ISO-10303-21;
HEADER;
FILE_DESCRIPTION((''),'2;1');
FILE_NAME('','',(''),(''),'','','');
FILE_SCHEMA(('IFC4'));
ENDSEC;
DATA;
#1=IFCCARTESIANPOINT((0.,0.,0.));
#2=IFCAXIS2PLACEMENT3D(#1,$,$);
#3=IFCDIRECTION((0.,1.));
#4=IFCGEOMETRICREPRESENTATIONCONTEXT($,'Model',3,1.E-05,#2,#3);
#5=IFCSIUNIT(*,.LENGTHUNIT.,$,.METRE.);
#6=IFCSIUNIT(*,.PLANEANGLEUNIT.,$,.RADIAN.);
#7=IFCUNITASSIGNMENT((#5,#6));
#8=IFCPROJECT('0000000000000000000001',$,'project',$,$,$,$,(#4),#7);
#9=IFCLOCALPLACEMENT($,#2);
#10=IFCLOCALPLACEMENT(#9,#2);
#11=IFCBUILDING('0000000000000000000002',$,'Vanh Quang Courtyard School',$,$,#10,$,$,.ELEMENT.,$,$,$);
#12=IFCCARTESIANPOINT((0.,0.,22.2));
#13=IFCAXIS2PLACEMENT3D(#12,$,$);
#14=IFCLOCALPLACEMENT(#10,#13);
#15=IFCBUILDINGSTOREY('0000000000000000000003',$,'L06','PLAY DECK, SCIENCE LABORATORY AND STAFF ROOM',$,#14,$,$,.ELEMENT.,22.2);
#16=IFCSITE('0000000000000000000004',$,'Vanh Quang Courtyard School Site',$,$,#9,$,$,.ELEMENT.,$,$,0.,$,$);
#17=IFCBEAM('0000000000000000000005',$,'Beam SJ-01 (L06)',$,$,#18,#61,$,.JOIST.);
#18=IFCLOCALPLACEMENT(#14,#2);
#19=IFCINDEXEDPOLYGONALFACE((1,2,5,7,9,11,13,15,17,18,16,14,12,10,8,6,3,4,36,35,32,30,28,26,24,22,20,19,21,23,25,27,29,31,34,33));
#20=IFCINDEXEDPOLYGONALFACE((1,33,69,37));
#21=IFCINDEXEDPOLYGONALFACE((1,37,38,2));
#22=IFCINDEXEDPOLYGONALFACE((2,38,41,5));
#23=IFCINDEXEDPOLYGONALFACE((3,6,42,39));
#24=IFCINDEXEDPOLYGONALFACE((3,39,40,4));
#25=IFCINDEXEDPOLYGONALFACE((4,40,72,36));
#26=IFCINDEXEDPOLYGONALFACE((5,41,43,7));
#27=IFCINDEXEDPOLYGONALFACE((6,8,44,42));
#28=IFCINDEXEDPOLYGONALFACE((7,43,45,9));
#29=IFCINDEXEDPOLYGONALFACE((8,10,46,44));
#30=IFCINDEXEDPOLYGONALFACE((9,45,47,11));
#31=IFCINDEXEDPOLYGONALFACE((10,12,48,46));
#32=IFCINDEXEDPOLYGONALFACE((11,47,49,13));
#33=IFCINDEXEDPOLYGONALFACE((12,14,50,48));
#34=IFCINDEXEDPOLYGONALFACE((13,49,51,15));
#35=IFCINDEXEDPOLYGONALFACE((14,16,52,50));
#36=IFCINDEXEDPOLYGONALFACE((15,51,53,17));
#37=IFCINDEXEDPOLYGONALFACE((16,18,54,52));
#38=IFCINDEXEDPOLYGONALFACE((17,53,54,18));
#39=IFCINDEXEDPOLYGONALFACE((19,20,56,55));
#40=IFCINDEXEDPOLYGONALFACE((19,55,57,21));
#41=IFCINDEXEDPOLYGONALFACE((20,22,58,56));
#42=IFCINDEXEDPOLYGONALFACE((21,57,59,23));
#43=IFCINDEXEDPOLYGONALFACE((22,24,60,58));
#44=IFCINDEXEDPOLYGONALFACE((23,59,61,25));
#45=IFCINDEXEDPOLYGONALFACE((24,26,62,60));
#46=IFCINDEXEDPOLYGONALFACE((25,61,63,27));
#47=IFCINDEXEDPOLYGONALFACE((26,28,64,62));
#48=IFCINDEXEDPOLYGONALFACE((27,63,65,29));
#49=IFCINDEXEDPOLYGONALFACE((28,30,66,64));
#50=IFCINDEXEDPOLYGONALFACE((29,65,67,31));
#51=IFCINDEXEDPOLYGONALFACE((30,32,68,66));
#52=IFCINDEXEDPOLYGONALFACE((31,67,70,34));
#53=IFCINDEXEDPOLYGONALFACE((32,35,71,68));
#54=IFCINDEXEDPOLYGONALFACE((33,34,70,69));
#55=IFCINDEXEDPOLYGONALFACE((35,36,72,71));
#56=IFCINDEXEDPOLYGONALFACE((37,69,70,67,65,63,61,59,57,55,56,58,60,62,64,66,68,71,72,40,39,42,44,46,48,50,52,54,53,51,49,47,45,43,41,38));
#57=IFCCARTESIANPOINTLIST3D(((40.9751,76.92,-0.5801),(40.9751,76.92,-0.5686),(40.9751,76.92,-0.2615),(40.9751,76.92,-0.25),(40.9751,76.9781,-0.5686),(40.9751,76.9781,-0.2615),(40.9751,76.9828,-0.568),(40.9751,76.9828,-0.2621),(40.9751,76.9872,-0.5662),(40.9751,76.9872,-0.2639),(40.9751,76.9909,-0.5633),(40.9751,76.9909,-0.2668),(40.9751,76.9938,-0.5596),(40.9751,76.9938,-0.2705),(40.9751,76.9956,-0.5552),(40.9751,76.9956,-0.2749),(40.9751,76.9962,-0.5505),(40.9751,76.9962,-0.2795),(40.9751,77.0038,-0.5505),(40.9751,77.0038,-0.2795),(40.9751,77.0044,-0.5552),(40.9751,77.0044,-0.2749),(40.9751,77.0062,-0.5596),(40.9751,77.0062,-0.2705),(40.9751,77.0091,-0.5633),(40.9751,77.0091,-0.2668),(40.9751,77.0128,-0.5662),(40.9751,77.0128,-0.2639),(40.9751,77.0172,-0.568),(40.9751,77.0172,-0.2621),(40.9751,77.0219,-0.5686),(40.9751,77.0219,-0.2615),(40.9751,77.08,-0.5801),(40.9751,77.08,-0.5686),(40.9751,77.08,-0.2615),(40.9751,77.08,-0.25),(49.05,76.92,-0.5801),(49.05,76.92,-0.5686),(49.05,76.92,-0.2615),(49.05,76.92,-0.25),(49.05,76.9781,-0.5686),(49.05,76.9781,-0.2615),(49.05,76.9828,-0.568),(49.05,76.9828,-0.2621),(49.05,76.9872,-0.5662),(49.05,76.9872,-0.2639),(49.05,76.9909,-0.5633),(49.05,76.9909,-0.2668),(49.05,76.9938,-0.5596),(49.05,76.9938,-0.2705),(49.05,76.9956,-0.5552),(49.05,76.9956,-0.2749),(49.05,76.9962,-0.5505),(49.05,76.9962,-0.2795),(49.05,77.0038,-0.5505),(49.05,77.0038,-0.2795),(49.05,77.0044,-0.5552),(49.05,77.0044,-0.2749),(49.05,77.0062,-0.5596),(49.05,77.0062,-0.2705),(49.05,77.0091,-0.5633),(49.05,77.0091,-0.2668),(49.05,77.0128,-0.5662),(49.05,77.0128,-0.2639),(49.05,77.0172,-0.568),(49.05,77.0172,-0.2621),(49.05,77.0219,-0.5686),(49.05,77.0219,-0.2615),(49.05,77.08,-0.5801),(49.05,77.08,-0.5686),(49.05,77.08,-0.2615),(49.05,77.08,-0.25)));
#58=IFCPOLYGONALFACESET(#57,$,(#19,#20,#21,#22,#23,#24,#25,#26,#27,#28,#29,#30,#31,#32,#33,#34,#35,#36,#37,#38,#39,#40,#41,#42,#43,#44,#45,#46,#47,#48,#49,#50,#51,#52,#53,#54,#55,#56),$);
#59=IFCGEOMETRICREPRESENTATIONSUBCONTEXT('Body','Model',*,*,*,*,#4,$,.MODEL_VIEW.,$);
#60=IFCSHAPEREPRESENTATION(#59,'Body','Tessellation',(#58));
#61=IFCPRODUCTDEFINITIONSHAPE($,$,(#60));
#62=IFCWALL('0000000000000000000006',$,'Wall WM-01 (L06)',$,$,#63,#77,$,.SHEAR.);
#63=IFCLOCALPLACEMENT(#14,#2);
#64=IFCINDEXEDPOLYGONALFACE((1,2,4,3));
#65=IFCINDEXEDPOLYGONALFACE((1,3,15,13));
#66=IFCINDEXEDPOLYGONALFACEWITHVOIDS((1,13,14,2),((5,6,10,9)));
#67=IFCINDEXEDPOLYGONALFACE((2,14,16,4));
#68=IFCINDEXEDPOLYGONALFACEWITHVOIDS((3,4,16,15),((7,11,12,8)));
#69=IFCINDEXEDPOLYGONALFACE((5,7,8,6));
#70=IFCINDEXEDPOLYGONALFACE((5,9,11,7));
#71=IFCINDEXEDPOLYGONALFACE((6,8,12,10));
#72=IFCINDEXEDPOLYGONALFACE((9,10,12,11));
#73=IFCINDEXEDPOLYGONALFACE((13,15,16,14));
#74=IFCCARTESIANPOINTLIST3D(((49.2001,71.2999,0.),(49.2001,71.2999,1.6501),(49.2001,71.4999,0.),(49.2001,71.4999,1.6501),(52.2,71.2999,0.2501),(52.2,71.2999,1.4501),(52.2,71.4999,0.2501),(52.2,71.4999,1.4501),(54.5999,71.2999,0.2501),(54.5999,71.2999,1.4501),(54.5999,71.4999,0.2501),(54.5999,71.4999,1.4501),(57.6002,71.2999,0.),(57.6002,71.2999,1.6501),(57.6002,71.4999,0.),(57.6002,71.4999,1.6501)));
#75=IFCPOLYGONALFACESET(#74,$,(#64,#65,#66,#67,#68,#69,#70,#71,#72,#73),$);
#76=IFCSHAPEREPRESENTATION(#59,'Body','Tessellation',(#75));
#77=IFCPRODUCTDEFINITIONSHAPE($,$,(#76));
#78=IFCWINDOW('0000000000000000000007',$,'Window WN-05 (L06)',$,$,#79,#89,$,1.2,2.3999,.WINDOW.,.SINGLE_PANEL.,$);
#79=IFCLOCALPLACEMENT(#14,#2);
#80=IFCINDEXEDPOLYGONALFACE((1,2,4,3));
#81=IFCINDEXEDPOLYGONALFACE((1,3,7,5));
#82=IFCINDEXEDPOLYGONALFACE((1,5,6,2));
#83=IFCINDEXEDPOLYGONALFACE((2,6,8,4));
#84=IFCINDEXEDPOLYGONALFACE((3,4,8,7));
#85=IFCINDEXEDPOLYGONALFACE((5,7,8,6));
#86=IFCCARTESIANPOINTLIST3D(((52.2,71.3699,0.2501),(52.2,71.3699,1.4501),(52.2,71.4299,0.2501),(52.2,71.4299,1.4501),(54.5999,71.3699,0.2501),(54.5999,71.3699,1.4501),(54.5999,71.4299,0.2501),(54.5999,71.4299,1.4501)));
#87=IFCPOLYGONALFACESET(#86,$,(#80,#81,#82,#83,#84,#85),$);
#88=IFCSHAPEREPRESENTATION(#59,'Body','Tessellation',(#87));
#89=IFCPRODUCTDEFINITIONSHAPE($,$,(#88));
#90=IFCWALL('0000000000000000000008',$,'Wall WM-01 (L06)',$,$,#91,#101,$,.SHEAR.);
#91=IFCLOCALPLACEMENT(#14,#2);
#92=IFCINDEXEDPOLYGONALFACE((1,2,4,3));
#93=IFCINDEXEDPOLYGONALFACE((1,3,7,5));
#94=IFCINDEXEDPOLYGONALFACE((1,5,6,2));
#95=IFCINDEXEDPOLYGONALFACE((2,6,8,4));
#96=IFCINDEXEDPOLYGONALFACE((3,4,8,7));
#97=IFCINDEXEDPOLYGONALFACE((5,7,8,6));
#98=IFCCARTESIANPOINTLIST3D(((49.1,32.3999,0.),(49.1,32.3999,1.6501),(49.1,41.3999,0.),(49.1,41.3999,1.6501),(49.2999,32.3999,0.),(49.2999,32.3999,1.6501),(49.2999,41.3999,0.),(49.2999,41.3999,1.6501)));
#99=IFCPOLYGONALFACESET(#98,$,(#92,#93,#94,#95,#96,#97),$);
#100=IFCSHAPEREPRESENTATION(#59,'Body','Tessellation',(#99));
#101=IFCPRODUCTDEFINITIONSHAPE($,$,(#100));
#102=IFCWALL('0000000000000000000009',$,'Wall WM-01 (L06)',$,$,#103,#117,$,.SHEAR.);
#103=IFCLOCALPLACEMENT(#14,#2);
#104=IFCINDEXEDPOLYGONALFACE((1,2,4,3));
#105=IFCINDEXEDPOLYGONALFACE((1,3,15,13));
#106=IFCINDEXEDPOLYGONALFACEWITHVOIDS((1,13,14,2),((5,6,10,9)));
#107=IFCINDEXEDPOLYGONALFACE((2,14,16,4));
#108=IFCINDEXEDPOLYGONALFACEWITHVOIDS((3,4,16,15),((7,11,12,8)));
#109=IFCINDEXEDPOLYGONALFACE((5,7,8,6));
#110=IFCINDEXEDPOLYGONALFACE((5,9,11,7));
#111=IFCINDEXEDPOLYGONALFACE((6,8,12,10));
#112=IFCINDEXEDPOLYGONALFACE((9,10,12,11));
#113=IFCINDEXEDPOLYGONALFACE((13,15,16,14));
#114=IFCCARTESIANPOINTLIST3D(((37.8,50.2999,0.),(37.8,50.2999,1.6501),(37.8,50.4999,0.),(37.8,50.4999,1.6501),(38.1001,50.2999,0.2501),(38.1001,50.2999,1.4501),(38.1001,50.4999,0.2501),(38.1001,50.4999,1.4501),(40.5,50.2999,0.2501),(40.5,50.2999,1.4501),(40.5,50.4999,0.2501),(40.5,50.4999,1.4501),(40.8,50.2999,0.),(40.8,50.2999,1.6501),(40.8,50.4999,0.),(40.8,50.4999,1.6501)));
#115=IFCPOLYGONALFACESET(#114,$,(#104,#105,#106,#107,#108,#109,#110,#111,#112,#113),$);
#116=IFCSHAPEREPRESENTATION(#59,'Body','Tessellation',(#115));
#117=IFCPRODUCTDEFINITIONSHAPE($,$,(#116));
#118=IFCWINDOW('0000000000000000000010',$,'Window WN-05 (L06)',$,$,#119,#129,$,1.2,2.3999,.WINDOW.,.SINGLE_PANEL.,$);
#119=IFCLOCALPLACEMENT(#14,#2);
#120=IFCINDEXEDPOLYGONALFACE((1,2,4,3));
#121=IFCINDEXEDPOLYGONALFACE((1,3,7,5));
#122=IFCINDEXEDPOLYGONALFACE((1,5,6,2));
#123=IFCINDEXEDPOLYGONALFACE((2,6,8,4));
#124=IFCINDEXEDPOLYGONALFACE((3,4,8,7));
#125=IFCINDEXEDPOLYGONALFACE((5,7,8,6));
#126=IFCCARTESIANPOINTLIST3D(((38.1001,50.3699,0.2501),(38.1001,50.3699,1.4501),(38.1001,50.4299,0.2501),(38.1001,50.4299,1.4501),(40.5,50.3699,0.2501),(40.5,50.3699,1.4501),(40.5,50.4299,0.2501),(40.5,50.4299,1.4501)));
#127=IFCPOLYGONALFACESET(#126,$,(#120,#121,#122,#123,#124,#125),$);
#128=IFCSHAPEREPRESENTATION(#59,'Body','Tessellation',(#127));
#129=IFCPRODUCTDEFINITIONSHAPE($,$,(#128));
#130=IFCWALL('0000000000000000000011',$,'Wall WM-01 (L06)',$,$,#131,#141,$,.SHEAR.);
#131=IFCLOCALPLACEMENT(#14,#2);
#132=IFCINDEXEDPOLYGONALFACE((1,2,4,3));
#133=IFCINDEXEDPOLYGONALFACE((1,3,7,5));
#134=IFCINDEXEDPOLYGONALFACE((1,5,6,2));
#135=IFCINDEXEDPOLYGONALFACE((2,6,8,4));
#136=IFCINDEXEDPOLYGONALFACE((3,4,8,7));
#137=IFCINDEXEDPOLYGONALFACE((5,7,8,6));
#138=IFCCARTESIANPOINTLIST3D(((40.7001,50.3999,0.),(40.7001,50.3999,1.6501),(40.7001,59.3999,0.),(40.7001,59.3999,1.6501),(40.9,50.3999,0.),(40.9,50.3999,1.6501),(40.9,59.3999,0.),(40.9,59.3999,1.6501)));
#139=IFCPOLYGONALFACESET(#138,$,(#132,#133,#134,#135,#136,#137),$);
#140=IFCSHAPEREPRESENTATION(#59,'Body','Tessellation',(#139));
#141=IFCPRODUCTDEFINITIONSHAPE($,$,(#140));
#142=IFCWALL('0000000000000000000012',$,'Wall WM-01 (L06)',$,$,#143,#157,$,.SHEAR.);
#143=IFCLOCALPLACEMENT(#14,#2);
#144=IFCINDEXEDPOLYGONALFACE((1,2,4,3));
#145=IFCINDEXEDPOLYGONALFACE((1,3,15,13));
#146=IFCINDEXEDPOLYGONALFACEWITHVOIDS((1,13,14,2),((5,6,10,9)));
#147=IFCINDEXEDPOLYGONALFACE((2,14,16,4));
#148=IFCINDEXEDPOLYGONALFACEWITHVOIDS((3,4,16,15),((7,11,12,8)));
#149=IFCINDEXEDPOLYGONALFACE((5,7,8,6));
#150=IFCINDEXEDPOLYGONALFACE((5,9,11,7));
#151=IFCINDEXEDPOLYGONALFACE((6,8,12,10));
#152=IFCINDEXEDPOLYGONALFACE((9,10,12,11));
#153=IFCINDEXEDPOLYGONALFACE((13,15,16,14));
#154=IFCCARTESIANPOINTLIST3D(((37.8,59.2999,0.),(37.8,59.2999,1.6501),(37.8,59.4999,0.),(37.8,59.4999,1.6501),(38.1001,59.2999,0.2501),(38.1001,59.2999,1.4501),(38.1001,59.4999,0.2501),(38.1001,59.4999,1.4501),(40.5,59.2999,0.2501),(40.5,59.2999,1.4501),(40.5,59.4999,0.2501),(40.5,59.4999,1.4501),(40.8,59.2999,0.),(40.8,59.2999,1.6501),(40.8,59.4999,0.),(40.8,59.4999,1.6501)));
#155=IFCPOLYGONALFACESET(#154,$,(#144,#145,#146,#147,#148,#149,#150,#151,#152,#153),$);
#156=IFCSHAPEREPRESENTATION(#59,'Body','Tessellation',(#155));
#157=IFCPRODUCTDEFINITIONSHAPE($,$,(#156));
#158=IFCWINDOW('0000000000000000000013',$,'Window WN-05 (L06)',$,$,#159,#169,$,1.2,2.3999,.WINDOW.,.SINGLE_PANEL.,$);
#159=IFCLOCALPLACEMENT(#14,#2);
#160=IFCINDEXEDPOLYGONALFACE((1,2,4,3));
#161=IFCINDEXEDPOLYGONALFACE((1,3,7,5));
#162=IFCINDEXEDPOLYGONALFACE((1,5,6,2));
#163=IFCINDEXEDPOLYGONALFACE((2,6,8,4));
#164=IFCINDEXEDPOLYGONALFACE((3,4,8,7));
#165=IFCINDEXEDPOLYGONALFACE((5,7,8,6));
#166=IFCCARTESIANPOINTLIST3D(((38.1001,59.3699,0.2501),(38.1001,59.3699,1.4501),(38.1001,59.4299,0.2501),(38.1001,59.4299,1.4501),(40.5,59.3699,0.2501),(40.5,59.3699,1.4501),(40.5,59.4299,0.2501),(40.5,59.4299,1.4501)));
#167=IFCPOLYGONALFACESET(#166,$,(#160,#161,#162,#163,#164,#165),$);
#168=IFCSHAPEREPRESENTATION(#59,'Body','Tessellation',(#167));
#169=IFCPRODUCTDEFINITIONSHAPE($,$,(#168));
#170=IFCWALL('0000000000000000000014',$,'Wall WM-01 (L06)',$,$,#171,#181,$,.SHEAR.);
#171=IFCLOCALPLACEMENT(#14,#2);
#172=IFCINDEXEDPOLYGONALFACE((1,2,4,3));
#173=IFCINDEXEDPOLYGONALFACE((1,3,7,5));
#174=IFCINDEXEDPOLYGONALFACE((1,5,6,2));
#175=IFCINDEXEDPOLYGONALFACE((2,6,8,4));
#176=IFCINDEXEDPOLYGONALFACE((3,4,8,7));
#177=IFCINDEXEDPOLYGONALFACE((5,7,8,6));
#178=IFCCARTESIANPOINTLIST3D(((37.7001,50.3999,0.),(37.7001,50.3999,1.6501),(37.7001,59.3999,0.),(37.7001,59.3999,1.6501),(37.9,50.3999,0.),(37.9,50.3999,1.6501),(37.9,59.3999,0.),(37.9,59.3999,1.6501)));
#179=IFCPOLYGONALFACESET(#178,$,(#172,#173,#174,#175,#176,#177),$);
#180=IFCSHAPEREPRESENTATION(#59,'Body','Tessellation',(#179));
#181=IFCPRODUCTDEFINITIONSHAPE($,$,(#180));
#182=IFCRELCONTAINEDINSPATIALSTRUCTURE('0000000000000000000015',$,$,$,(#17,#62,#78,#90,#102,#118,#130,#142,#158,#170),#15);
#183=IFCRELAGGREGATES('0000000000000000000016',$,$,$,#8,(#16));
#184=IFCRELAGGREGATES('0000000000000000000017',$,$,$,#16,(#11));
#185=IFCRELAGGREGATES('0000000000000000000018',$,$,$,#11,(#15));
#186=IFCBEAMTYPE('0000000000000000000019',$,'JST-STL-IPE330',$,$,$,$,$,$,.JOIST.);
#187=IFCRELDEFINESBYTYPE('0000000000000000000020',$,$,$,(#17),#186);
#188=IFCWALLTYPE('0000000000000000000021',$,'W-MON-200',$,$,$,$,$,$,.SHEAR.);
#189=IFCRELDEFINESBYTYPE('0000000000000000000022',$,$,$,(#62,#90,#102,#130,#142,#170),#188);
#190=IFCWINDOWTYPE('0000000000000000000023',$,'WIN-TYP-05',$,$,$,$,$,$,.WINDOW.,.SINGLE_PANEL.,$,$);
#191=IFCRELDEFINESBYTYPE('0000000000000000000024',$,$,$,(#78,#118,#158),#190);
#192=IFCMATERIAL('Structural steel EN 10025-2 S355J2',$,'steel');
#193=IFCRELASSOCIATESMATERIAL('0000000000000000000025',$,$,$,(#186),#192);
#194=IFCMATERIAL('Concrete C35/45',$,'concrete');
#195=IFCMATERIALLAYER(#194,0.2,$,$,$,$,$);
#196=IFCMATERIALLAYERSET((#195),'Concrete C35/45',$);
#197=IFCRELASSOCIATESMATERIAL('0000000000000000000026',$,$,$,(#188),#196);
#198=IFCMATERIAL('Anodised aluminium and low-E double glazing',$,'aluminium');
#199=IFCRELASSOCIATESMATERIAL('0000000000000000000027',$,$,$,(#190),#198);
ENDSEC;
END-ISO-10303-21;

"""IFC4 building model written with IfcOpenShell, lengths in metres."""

from ifc_helpers import new_model, si_unit, direction, frame, frame_2d, origin, origin_2d, place, context, subcontext, project, spatial, rectangle, i_section, extrude, material, layer, layer_set, material_profile, profile_set, type_object, element, fill, save


model = new_model("IFC4")

# Units and contexts
model_context = context("Model", 3, precision=1e-05, world=origin(), true_north=direction((0.0, 1.0)))
body_context = subcontext(model_context, "Body", "Model", "MODEL_VIEW")
ifc_project = project(units=[si_unit("LENGTHUNIT", "METRE"), si_unit("PLANEANGLEUNIT", "RADIAN")], contexts=[model_context])

# Site, building, storey
site_placement = place(None, origin())
site = spatial("IfcSite", under=ifc_project, at=site_placement, Name="Vanh Quang Courtyard School Site", CompositionType="ELEMENT", RefElevation=0.0)
building_placement = place(site_placement, origin())
building = spatial("IfcBuilding", under=site, at=building_placement, Name="Vanh Quang Courtyard School", CompositionType="ELEMENT")
storey_placement = place(building_placement, frame((0.0, 0.0, 22.2)))
storey = spatial("IfcBuildingStorey", under=building, at=storey_placement, Name="L06", Description="PLAY DECK, SCIENCE LABORATORY AND STAFF ROOM", CompositionType="ELEMENT", Elevation=22.2)

# Beam
ifc_material_1 = material(Name="Concrete C35/45", Category="concrete")
ifc_material_2 = material(Name="Structural steel EN 10025-2 S355J2", Category="steel")
ifc_material_profile_1 = material_profile(ifc_material_2, i_section(OverallWidth=0.1599, OverallDepth=0.3301, WebThickness=0.0076, FlangeThickness=0.0115, FilletRadius=0.0181, at=origin_2d()), Name="IPE 330")
ifc_profile_set_1 = profile_set([ifc_material_profile_1], Name="Structural steel EN 10025-2 S355J2")
beam_type_1 = type_object("IfcBeamType", Name="JST-STL-IPE330", PredefinedType="JOIST", material=ifc_profile_set_1)
for number, where, z_axis, x_axis, name in (
    (1, (40.9751, 77.0, -0.415), (1.0, 0.0, 0.0), (0.0, 1.0, 0.0), "Beam SJ-01 (L06)"),
):
    element("IfcBeam", number, at=place(storey_placement, frame(where, z_axis=z_axis, x_axis=x_axis)), inside=storey, type_object=beam_type_1, Name=name, PredefinedType="JOIST", context=body_context, shape_type="SweptSolid", body=[
        extrude(i_section(OverallWidth=0.1599, OverallDepth=0.3301, WebThickness=0.0076, FlangeThickness=0.0115, FilletRadius=0.0181, at=origin_2d()), origin(), (0.0, 0.0, 1.0), 8.075),
    ])

# Wall, opening, window
ifc_layer_1 = layer(ifc_material_1, 0.2)
ifc_layer_set_1 = layer_set([ifc_layer_1], Name="Concrete C35/45")
wall_type_1 = type_object("IfcWallType", Name="W-MON-200", PredefinedType="SHEAR", material=ifc_layer_set_1)
wall_1_placement = place(storey_placement, frame((49.2, 71.3999, 0.0), z_axis=(0.0, 0.0, 1.0), x_axis=(1.0, 0.0, 0.0)))
wall_1 = element("IfcWall", 2, at=wall_1_placement, inside=storey, type_object=wall_type_1, Name="Wall WM-01 (L06)", PredefinedType="SHEAR", context=body_context, shape_type="SweptSolid", body=[
    extrude(rectangle(XDim=8.4001, YDim=0.2, at=frame_2d((4.2002, 0.0))), origin(), (0.0, 0.0, 1.0), 1.6501),
])
opening_1_placement = place(wall_1_placement, frame((3.0, 0.0, 0.25)))
opening_1 = element("IfcOpeningElement", 3, at=opening_1_placement, cuts=wall_1, PredefinedType="OPENING", context=body_context, shape_type="SweptSolid", body=[
    extrude(rectangle(XDim=2.3999, YDim=1.2, at=frame_2d((1.2, 0.6001))), frame((0.0, 0.1099, 0.0), z_axis=(0.0, -1.0, 0.0), x_axis=(1.0, 0.0, 0.0)), (0.0, 0.0, 1.0), 0.22),
])
ifc_material_3 = material(Name="Anodised aluminium and low-E double glazing", Category="aluminium")
window_type = type_object("IfcWindowType", Name="WIN-TYP-05", PartitioningType="SINGLE_PANEL", PredefinedType="WINDOW", material=ifc_material_3)
window_1_placement = place(opening_1_placement, origin())
window_1 = element("IfcWindow", 4, at=window_1_placement, inside=storey, type_object=window_type, Name="Window WN-05 (L06)", OverallHeight=1.2, OverallWidth=2.3999, PartitioningType="SINGLE_PANEL", PredefinedType="WINDOW", context=body_context, shape_type="SweptSolid", body=[
    extrude(rectangle(XDim=2.3999, YDim=1.2, at=frame_2d((1.2, 0.6001))), frame((0.0, 0.03, 0.0), z_axis=(0.0, -1.0, 0.0), x_axis=(1.0, 0.0, 0.0)), (0.0, 0.0, 1.0), 0.0601),
])
fill(opening_1, window_1)

# Wall
wall_2_placement = place(storey_placement, frame((49.2, 41.3999, 0.0), z_axis=(0.0, 0.0, 1.0), x_axis=(0.0, -1.0, 0.0)))
element("IfcWall", 5, at=wall_2_placement, inside=storey, type_object=wall_type_1, Name="Wall WM-01 (L06)", PredefinedType="SHEAR", context=body_context, shape_type="SweptSolid", body=[
    extrude(rectangle(XDim=9.0, YDim=0.2, at=frame_2d((4.5, 0.0))), origin(), (0.0, 0.0, 1.0), 1.6501),
])

# Wall, opening, window
wall_3_placement = place(storey_placement, frame((37.8, 50.3999, 0.0), z_axis=(0.0, 0.0, 1.0), x_axis=(1.0, 0.0, 0.0)))
wall_3 = element("IfcWall", 6, at=wall_3_placement, inside=storey, type_object=wall_type_1, Name="Wall WM-01 (L06)", PredefinedType="SHEAR", context=body_context, shape_type="SweptSolid", body=[
    extrude(rectangle(XDim=3.0, YDim=0.2, at=frame_2d((1.5, 0.0))), origin(), (0.0, 0.0, 1.0), 1.6501),
])
opening_2_placement = place(wall_3_placement, frame((0.3, 0.0, 0.25)))
opening_2 = element("IfcOpeningElement", 7, at=opening_2_placement, cuts=wall_3, PredefinedType="OPENING", context=body_context, shape_type="SweptSolid", body=[
    extrude(rectangle(XDim=2.3999, YDim=1.2, at=frame_2d((1.2, 0.6001))), frame((0.0, 0.1099, 0.0), z_axis=(0.0, -1.0, 0.0), x_axis=(1.0, 0.0, 0.0)), (0.0, 0.0, 1.0), 0.22),
])
window_2_placement = place(opening_2_placement, origin())
window_2 = element("IfcWindow", 8, at=window_2_placement, inside=storey, type_object=window_type, Name="Window WN-05 (L06)", OverallHeight=1.2, OverallWidth=2.3999, PartitioningType="SINGLE_PANEL", PredefinedType="WINDOW", context=body_context, shape_type="SweptSolid", body=[
    extrude(rectangle(XDim=2.3999, YDim=1.2, at=frame_2d((1.2, 0.6001))), frame((0.0, 0.03, 0.0), z_axis=(0.0, -1.0, 0.0), x_axis=(1.0, 0.0, 0.0)), (0.0, 0.0, 1.0), 0.0601),
])
fill(opening_2, window_2)

# Wall
wall_4_placement = place(storey_placement, frame((40.8, 50.3999, 0.0), z_axis=(0.0, 0.0, 1.0), x_axis=(0.0, 1.0, 0.0)))
element("IfcWall", 9, at=wall_4_placement, inside=storey, type_object=wall_type_1, Name="Wall WM-01 (L06)", PredefinedType="SHEAR", context=body_context, shape_type="SweptSolid", body=[
    extrude(rectangle(XDim=9.0, YDim=0.2, at=frame_2d((4.5, 0.0))), origin(), (0.0, 0.0, 1.0), 1.6501),
])

# Wall, opening, window
wall_5_placement = place(storey_placement, frame((40.8, 59.3999, 0.0), z_axis=(0.0, 0.0, 1.0), x_axis=(-1.0, 0.0, 0.0)))
wall_5 = element("IfcWall", 10, at=wall_5_placement, inside=storey, type_object=wall_type_1, Name="Wall WM-01 (L06)", PredefinedType="SHEAR", context=body_context, shape_type="SweptSolid", body=[
    extrude(rectangle(XDim=3.0, YDim=0.2, at=frame_2d((1.5, 0.0))), origin(), (0.0, 0.0, 1.0), 1.6501),
])
opening_3_placement = place(wall_5_placement, frame((0.3, 0.0, 0.25)))
opening_3 = element("IfcOpeningElement", 11, at=opening_3_placement, cuts=wall_5, PredefinedType="OPENING", context=body_context, shape_type="SweptSolid", body=[
    extrude(rectangle(XDim=2.3999, YDim=1.2, at=frame_2d((1.2, 0.6001))), frame((0.0, 0.1099, 0.0), z_axis=(0.0, -1.0, 0.0), x_axis=(1.0, 0.0, 0.0)), (0.0, 0.0, 1.0), 0.22),
])
window_3_placement = place(opening_3_placement, origin())
window_3 = element("IfcWindow", 12, at=window_3_placement, inside=storey, type_object=window_type, Name="Window WN-05 (L06)", OverallHeight=1.2, OverallWidth=2.3999, PartitioningType="SINGLE_PANEL", PredefinedType="WINDOW", context=body_context, shape_type="SweptSolid", body=[
    extrude(rectangle(XDim=2.3999, YDim=1.2, at=frame_2d((1.2, 0.6001))), frame((0.0, 0.03, 0.0), z_axis=(0.0, -1.0, 0.0), x_axis=(1.0, 0.0, 0.0)), (0.0, 0.0, 1.0), 0.0601),
])
fill(opening_3, window_3)

# Wall
wall_6_placement = place(storey_placement, frame((37.8, 59.3999, 0.0), z_axis=(0.0, 0.0, 1.0), x_axis=(0.0, -1.0, 0.0)))
element("IfcWall", 13, at=wall_6_placement, inside=storey, type_object=wall_type_1, Name="Wall WM-01 (L06)", PredefinedType="SHEAR", context=body_context, shape_type="SweptSolid", body=[
    extrude(rectangle(XDim=9.0, YDim=0.2, at=frame_2d((4.5, 0.0))), origin(), (0.0, 0.0, 1.0), 1.6501),
])

save(model, "model.ifc")
